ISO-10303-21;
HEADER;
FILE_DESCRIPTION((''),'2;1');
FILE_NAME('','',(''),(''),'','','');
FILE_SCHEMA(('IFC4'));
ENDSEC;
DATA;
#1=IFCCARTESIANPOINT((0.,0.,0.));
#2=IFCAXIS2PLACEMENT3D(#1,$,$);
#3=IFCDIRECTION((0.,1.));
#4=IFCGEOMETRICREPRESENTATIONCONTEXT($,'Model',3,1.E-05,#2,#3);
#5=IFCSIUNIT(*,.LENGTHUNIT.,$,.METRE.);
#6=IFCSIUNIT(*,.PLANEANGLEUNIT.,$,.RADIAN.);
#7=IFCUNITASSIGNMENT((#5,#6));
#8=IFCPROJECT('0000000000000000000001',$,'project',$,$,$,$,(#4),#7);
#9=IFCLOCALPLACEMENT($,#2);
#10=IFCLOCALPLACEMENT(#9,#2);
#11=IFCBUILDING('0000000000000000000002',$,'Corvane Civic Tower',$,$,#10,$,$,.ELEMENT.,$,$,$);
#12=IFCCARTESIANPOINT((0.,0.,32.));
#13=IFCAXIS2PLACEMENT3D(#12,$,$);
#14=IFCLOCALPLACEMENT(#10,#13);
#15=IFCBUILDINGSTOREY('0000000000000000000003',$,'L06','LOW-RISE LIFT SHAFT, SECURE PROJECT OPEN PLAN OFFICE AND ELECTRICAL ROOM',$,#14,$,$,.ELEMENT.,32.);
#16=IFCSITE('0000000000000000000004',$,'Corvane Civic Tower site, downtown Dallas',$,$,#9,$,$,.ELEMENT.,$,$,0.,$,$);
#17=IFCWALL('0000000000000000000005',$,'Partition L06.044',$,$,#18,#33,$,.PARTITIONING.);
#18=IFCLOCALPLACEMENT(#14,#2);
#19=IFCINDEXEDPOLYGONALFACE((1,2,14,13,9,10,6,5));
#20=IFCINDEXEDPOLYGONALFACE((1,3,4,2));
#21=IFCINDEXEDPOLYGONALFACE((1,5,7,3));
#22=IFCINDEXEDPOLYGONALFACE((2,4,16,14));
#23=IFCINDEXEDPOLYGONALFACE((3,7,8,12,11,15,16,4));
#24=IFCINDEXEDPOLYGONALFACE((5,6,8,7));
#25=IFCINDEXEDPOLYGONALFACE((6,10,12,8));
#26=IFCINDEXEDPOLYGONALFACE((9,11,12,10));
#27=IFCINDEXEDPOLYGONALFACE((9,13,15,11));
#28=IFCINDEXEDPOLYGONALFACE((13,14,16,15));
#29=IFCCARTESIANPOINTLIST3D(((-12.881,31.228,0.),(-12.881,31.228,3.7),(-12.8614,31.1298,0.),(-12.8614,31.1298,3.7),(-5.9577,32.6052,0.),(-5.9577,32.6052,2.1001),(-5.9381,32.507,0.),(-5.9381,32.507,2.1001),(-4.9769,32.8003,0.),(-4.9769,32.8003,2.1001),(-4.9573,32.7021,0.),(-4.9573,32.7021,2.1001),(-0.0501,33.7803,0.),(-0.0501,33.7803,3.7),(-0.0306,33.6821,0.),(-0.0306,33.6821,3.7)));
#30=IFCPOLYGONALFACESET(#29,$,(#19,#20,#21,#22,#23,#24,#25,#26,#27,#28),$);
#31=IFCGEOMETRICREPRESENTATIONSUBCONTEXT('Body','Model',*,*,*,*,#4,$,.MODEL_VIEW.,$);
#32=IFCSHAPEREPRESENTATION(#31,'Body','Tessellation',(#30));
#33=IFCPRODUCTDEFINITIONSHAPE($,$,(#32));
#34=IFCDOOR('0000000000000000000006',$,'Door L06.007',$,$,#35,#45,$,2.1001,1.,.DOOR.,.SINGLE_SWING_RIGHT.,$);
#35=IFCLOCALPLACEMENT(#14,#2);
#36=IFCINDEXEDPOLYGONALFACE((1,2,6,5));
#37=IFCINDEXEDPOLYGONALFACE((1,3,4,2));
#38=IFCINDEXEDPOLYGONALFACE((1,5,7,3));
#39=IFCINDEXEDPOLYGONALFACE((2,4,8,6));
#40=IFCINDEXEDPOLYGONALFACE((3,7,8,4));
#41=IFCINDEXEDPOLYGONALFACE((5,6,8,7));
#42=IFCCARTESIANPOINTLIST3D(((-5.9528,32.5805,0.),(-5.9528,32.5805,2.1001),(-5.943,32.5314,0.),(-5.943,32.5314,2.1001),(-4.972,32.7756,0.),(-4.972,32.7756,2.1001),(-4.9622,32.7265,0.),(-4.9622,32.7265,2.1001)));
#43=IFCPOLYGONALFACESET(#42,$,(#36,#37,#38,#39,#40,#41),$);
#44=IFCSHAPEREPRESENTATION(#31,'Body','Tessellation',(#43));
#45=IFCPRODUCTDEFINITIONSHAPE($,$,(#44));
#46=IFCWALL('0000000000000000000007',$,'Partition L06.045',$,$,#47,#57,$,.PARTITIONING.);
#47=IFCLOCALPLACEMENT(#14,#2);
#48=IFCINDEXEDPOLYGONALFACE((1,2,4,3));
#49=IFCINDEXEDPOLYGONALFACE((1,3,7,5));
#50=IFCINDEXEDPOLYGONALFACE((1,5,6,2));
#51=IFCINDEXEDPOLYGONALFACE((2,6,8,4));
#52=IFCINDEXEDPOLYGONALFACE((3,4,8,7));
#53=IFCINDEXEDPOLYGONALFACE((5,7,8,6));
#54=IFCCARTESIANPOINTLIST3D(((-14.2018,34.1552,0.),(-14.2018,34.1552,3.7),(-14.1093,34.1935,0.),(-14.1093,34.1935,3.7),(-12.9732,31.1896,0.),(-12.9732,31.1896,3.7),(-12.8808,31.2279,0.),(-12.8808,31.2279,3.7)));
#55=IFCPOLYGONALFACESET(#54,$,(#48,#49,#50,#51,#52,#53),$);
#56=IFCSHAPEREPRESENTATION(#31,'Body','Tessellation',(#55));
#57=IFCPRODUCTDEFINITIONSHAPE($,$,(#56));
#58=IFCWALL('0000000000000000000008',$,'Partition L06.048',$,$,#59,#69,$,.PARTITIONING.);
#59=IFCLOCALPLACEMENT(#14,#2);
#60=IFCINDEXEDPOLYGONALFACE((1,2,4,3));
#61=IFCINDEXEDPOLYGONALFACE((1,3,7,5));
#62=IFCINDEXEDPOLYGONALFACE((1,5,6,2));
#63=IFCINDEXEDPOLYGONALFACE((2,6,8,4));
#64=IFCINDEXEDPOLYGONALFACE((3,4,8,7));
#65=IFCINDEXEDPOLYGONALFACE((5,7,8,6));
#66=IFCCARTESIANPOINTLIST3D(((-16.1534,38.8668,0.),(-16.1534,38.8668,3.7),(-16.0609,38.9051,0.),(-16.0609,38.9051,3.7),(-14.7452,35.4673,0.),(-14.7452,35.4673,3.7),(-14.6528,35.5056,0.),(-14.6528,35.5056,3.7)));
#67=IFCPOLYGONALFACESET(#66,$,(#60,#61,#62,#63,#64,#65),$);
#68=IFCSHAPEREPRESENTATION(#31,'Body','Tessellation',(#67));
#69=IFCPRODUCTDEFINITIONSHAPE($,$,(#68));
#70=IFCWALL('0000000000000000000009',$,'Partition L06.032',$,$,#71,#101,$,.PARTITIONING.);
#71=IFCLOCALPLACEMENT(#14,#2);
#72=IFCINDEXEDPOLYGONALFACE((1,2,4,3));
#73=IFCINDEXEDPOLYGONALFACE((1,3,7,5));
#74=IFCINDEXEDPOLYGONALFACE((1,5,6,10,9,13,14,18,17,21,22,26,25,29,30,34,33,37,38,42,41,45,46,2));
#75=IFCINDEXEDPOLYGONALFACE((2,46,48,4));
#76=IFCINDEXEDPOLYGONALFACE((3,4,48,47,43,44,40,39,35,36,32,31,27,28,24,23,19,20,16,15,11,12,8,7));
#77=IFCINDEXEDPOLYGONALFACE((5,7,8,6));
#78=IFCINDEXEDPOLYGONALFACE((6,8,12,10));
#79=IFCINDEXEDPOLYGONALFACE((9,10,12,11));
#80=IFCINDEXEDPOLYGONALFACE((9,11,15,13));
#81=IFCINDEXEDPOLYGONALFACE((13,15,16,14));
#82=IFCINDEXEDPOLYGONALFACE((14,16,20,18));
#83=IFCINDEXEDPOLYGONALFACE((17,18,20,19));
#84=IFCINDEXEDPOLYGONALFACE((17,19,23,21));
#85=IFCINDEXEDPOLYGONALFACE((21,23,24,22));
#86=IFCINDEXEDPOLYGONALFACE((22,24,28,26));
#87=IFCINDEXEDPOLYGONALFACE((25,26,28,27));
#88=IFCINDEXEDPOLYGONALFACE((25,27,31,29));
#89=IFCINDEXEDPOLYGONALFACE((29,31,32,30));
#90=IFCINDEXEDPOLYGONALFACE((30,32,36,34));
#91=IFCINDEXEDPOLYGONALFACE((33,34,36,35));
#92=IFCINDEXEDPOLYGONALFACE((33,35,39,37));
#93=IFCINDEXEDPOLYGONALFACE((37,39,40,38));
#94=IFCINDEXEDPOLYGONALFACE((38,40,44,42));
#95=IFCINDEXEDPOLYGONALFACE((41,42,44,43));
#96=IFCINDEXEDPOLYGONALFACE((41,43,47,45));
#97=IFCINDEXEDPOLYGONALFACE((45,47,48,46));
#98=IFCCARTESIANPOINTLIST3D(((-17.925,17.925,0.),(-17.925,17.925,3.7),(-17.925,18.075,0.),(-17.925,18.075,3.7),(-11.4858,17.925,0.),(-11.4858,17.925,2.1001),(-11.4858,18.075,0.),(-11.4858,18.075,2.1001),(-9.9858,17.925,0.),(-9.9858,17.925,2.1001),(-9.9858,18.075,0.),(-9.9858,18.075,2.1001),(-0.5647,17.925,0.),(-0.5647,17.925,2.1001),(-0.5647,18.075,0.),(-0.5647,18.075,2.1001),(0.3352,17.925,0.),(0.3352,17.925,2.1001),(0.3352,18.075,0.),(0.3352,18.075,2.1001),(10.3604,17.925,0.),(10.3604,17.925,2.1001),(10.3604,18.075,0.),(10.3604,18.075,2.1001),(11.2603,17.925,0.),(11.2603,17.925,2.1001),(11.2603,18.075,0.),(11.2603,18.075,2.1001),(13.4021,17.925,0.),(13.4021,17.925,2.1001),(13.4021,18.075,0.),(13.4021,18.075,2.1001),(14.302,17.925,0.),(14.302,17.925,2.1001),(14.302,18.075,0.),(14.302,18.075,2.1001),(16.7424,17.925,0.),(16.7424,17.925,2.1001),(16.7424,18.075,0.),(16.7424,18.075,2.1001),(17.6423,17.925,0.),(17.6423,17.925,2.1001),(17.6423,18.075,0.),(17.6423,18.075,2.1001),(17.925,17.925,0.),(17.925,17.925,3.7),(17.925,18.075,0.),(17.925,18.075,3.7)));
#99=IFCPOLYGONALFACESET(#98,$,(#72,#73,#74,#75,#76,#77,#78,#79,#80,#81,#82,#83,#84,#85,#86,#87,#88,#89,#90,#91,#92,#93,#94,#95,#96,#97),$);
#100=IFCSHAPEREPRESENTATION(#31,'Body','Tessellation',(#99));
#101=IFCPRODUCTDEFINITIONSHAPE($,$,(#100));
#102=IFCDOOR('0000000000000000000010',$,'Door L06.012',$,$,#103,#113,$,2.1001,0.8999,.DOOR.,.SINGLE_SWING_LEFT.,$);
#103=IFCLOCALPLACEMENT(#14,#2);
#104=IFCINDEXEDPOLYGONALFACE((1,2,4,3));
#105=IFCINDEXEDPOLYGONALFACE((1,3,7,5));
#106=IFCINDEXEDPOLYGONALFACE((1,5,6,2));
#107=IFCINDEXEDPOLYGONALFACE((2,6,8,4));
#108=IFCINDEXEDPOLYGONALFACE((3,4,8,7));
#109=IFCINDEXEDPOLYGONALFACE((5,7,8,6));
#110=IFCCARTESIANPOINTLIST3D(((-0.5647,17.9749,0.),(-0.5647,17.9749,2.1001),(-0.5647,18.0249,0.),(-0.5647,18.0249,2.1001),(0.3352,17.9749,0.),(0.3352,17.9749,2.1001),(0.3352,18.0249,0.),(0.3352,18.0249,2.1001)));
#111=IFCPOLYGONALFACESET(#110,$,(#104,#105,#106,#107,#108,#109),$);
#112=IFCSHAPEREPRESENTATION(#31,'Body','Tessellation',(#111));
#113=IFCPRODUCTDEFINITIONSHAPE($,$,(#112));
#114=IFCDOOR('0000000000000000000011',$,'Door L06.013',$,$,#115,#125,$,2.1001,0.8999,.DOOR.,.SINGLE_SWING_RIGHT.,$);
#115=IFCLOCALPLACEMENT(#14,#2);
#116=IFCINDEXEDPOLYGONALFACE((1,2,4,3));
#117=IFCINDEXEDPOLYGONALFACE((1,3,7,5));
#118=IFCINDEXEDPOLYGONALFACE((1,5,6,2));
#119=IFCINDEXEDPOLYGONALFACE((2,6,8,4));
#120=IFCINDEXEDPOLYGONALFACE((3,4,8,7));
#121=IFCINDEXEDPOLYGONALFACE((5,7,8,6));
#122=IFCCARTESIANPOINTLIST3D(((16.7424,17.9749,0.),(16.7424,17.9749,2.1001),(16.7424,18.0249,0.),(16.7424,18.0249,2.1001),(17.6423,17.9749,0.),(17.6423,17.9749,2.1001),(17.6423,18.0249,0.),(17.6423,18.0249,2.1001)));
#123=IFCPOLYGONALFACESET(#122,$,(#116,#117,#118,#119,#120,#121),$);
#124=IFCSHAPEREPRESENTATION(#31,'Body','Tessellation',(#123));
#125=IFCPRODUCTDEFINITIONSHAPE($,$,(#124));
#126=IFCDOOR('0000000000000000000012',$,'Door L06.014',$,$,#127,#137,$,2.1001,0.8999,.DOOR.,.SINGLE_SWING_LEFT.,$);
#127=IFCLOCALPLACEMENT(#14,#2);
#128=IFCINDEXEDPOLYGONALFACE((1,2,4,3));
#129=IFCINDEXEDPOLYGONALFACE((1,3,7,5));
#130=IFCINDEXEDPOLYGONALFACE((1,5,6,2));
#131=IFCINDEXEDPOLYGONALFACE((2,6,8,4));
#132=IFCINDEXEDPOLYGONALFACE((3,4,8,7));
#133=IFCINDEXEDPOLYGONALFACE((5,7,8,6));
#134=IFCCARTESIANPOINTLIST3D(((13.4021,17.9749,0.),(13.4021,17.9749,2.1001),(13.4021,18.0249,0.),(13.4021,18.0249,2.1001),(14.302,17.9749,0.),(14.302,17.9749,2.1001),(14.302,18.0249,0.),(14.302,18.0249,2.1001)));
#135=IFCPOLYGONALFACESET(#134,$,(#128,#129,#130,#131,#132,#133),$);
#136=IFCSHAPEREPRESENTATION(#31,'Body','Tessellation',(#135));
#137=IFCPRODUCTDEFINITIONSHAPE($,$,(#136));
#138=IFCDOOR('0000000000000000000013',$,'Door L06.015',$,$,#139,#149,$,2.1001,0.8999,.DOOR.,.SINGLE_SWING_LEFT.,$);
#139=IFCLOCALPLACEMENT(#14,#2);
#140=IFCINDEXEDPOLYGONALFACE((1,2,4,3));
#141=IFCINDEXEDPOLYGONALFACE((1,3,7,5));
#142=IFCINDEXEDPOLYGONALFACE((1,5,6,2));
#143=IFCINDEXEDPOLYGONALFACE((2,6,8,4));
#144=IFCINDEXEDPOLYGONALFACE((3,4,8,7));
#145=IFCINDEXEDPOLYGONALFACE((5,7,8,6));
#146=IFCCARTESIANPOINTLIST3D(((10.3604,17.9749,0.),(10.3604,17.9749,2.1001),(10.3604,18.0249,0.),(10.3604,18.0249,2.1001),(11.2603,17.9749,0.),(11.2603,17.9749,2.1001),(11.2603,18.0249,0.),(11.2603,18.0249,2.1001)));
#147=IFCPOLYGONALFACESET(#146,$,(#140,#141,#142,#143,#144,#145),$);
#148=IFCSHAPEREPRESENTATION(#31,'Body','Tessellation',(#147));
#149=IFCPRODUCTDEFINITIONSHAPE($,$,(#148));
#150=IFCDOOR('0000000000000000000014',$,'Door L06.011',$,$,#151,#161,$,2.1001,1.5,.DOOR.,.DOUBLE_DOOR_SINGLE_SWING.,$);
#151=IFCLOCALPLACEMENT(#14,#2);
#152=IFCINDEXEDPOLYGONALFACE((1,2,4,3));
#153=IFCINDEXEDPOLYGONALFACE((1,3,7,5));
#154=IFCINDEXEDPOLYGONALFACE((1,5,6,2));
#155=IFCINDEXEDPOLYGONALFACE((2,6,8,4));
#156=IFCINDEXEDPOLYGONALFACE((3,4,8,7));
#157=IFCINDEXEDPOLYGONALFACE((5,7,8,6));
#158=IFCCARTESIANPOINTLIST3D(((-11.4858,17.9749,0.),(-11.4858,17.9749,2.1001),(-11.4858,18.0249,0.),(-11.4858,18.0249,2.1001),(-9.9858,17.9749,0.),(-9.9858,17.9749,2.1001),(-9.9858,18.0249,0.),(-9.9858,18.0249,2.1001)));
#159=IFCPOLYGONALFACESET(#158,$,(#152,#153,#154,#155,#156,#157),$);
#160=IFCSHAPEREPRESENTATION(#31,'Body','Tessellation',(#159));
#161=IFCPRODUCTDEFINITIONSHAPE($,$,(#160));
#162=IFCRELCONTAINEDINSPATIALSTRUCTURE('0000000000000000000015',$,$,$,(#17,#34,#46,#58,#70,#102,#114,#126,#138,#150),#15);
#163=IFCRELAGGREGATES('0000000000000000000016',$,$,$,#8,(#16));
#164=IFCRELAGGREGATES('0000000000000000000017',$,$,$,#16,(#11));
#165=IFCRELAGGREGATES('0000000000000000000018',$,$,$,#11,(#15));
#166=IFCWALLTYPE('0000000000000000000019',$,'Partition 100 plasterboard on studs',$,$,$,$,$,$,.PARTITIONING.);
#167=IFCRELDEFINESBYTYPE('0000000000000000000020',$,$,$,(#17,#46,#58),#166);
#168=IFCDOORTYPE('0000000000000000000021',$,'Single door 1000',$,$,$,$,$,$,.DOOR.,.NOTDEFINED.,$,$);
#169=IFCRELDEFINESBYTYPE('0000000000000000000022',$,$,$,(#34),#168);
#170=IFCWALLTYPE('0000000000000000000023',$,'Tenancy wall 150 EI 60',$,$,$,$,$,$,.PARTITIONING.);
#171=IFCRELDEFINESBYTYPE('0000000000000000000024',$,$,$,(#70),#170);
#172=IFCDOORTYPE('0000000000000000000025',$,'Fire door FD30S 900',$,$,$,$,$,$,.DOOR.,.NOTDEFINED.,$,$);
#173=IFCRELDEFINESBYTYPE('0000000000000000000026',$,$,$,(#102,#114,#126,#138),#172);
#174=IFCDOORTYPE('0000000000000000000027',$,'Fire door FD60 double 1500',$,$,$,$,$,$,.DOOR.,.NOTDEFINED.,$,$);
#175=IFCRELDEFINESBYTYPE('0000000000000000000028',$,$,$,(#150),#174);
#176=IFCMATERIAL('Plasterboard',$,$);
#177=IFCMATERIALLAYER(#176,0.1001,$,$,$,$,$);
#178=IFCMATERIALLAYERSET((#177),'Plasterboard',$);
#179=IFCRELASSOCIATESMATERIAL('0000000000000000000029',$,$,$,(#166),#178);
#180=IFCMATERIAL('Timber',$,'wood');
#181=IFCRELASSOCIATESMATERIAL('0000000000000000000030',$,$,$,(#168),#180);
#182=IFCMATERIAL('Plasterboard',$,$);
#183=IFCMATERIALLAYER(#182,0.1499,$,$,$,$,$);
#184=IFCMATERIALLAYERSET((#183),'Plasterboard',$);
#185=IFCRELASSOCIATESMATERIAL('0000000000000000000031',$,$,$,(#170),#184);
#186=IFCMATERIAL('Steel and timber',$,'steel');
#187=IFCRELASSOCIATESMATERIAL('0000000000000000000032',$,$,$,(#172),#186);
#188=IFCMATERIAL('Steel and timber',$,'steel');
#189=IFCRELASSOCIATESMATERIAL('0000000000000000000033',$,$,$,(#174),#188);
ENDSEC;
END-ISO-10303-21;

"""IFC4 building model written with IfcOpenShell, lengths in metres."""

from ifc_helpers import new_model, si_unit, direction, frame, frame_2d, origin, place, context, subcontext, project, spatial, rectangle, extrude, material, layer, layer_set, type_object, element, fill, save


model = new_model("IFC4")

# Units and contexts
model_context = context("Model", 3, precision=1e-05, world=origin(), true_north=direction((0.0, 1.0)))
body_context = subcontext(model_context, "Body", "Model", "MODEL_VIEW")
ifc_project = project(units=[si_unit("LENGTHUNIT", "METRE"), si_unit("PLANEANGLEUNIT", "RADIAN")], contexts=[model_context])

# Site, building, storey
site_placement = place(None, origin())
site = spatial("IfcSite", under=ifc_project, at=site_placement, Name="Corvane Civic Tower site, downtown Dallas", CompositionType="ELEMENT", RefElevation=0.0)
building_placement = place(site_placement, origin())
building = spatial("IfcBuilding", under=site, at=building_placement, Name="Corvane Civic Tower", CompositionType="ELEMENT")
storey_placement = place(building_placement, frame((0.0, 0.0, 32.0)))
storey = spatial("IfcBuildingStorey", under=building, at=storey_placement, Name="L06", Description="LOW-RISE LIFT SHAFT, SECURE PROJECT OPEN PLAN OFFICE AND ELECTRICAL ROOM", CompositionType="ELEMENT", Elevation=32.0)

# Shared definitions
ifc_material_1 = material(Name="Plasterboard")
ifc_layer_1 = layer(ifc_material_1, 0.1001)
ifc_layer_set_1 = layer_set([ifc_layer_1], Name="Plasterboard")
wall_type_1 = type_object("IfcWallType", Name="Partition 100 plasterboard on studs", PredefinedType="PARTITIONING", material=ifc_layer_set_1)

# Wall, opening, door
wall_1_placement = place(storey_placement, frame((-12.8711, 31.179, 0.0), z_axis=(0.0, 0.0, 1.0), x_axis=(0.980785, 0.195093, 0.0)))
wall_1 = element("IfcWall", 1, at=wall_1_placement, inside=storey, type_object=wall_type_1, Name="Partition L06.044", PredefinedType="PARTITIONING", context=body_context, shape_type="SweptSolid", body=[
    extrude(rectangle(XDim=13.0823, YDim=0.1001, at=frame_2d((6.541, 0.0))), origin(), (0.0, 0.0, 1.0), 3.7),
])
opening_1_placement = place(wall_1_placement, frame((7.0588, 0.0, 0.0)))
opening_1 = element("IfcOpeningElement", 2, at=opening_1_placement, cuts=wall_1, PredefinedType="OPENING", context=body_context, shape_type="SweptSolid", body=[
    extrude(rectangle(XDim=1.0, YDim=2.1001, at=frame_2d((0.5, 1.05))), frame((0.0, 0.0601, 0.0), z_axis=(0.0, -1.0, 0.0), x_axis=(1.0, 0.0, 0.0)), (0.0, 0.0, 1.0), 0.1201),
])
ifc_material_2 = material(Name="Timber", Category="wood")
door_type_1 = type_object("IfcDoorType", Name="Single door 1000", OperationType="NOTDEFINED", PredefinedType="DOOR", material=ifc_material_2)
door_1_placement = place(opening_1_placement, origin())
door_1 = element("IfcDoor", 3, at=door_1_placement, inside=storey, type_object=door_type_1, Name="Door L06.007", OperationType="SINGLE_SWING_RIGHT", OverallHeight=2.1001, OverallWidth=1.0, PredefinedType="DOOR", context=body_context, shape_type="SweptSolid", body=[
    extrude(rectangle(XDim=1.0, YDim=2.1001, at=frame_2d((0.5, 1.05))), frame((0.0, 0.0249, 0.0), z_axis=(0.0, -1.0, 0.0), x_axis=(1.0, 0.0, 0.0)), (0.0, 0.0, 1.0), 0.05),
])
fill(opening_1, door_1)

# Walls
wall_2_placement = place(storey_placement, frame((-14.1555, 34.1743, 0.0), z_axis=(0.0, 0.0, 1.0), x_axis=(0.382719, -0.923865, 0.0)))
element("IfcWall", 4, at=wall_2_placement, inside=storey, type_object=wall_type_1, Name="Partition L06.045", PredefinedType="PARTITIONING", context=body_context, shape_type="SweptSolid", body=[
    extrude(rectangle(XDim=3.21, YDim=0.1001, at=frame_2d((1.605, 0.0))), origin(), (0.0, 0.0, 1.0), 3.7),
])
wall_3_placement = place(storey_placement, frame((-16.1072, 38.886, 0.0), z_axis=(0.0, 0.0, 1.0), x_axis=(0.382688, -0.923878, 0.0)))
element("IfcWall", 5, at=wall_3_placement, inside=storey, type_object=wall_type_1, Name="Partition L06.048", PredefinedType="PARTITIONING", context=body_context, shape_type="SweptSolid", body=[
    extrude(rectangle(XDim=3.6797, YDim=0.1001, at=frame_2d((1.8398, 0.0))), origin(), (0.0, 0.0, 1.0), 3.7),
])

# Wall, openings, doors
ifc_material_3 = material(Name="Plasterboard")
ifc_layer_2 = layer(ifc_material_3, 0.1499)
ifc_layer_set_2 = layer_set([ifc_layer_2], Name="Plasterboard")
wall_type_2 = type_object("IfcWallType", Name="Tenancy wall 150 EI 60", PredefinedType="PARTITIONING", material=ifc_layer_set_2)
wall_4_placement = place(storey_placement, frame((-17.925, 18.0, 0.0), z_axis=(0.0, 0.0, 1.0), x_axis=(1.0, 0.0, 0.0)))
wall_4 = element("IfcWall", 6, at=wall_4_placement, inside=storey, type_object=wall_type_2, Name="Partition L06.032", PredefinedType="PARTITIONING", context=body_context, shape_type="SweptSolid", body=[
    extrude(rectangle(XDim=35.8501, YDim=0.1499, at=frame_2d((17.925, 0.0))), origin(), (0.0, 0.0, 1.0), 3.7),
])
opening_2_placement = place(wall_4_placement, frame((6.4392, 0.0, 0.0)))
opening_2 = element("IfcOpeningElement", 7, at=opening_2_placement, cuts=wall_4, PredefinedType="OPENING", context=body_context, shape_type="SweptSolid", body=[
    extrude(rectangle(XDim=1.5, YDim=2.1001, at=frame_2d((0.75, 1.05))), frame((0.0, 0.085, 0.0), z_axis=(0.0, -1.0, 0.0), x_axis=(1.0, 0.0, 0.0)), (0.0, 0.0, 1.0), 0.1699),
])
opening_3_placement = place(wall_4_placement, frame((17.3604, 0.0, 0.0)))
opening_3 = element("IfcOpeningElement", 8, at=opening_3_placement, cuts=wall_4, PredefinedType="OPENING", context=body_context, shape_type="SweptSolid", body=[
    extrude(rectangle(XDim=0.8999, YDim=2.1001, at=frame_2d((0.45, 1.05))), frame((0.0, 0.085, 0.0), z_axis=(0.0, -1.0, 0.0), x_axis=(1.0, 0.0, 0.0)), (0.0, 0.0, 1.0), 0.1699),
])
opening_4_placement = place(wall_4_placement, frame((34.6675, 0.0, 0.0)))
opening_4 = element("IfcOpeningElement", 9, at=opening_4_placement, cuts=wall_4, PredefinedType="OPENING", context=body_context, shape_type="SweptSolid", body=[
    extrude(rectangle(XDim=0.8999, YDim=2.1001, at=frame_2d((0.45, 1.05))), frame((0.0, 0.085, 0.0), z_axis=(0.0, -1.0, 0.0), x_axis=(1.0, 0.0, 0.0)), (0.0, 0.0, 1.0), 0.1699),
])
opening_5_placement = place(wall_4_placement, frame((31.3271, 0.0, 0.0)))
opening_5 = element("IfcOpeningElement", 10, at=opening_5_placement, cuts=wall_4, PredefinedType="OPENING", context=body_context, shape_type="SweptSolid", body=[
    extrude(rectangle(XDim=0.8999, YDim=2.1001, at=frame_2d((0.45, 1.05))), frame((0.0, 0.085, 0.0), z_axis=(0.0, -1.0, 0.0), x_axis=(1.0, 0.0, 0.0)), (0.0, 0.0, 1.0), 0.1699),
])
opening_6_placement = place(wall_4_placement, frame((28.2854, 0.0, 0.0)))
opening_6 = element("IfcOpeningElement", 11, at=opening_6_placement, cuts=wall_4, PredefinedType="OPENING", context=body_context, shape_type="SweptSolid", body=[
    extrude(rectangle(XDim=0.8999, YDim=2.1001, at=frame_2d((0.45, 1.05))), frame((0.0, 0.085, 0.0), z_axis=(0.0, -1.0, 0.0), x_axis=(1.0, 0.0, 0.0)), (0.0, 0.0, 1.0), 0.1699),
])
ifc_material_4 = material(Name="Steel and timber", Category="steel")
door_type_2 = type_object("IfcDoorType", Name="Fire door FD30S 900", OperationType="NOTDEFINED", PredefinedType="DOOR", material=ifc_material_4)
door_2_placement = place(opening_3_placement, origin())
door_2 = element("IfcDoor", 12, at=door_2_placement, inside=storey, type_object=door_type_2, Name="Door L06.012", OperationType="SINGLE_SWING_LEFT", OverallHeight=2.1001, OverallWidth=0.8999, PredefinedType="DOOR", context=body_context, shape_type="SweptSolid", body=[
    extrude(rectangle(XDim=0.8999, YDim=2.1001, at=frame_2d((0.45, 1.05))), frame((0.0, 0.0249, 0.0), z_axis=(0.0, -1.0, 0.0), x_axis=(1.0, 0.0, 0.0)), (0.0, 0.0, 1.0), 0.05),
])
fill(opening_3, door_2)
door_3_placement = place(opening_4_placement, origin())
door_3 = element("IfcDoor", 13, at=door_3_placement, inside=storey, type_object=door_type_2, Name="Door L06.013", OperationType="SINGLE_SWING_RIGHT", OverallHeight=2.1001, OverallWidth=0.8999, PredefinedType="DOOR", context=body_context, shape_type="SweptSolid", body=[
    extrude(rectangle(XDim=0.8999, YDim=2.1001, at=frame_2d((0.45, 1.05))), frame((0.0, 0.0249, 0.0), z_axis=(0.0, -1.0, 0.0), x_axis=(1.0, 0.0, 0.0)), (0.0, 0.0, 1.0), 0.05),
])
fill(opening_4, door_3)
door_4_placement = place(opening_5_placement, origin())
door_4 = element("IfcDoor", 14, at=door_4_placement, inside=storey, type_object=door_type_2, Name="Door L06.014", OperationType="SINGLE_SWING_LEFT", OverallHeight=2.1001, OverallWidth=0.8999, PredefinedType="DOOR", context=body_context, shape_type="SweptSolid", body=[
    extrude(rectangle(XDim=0.8999, YDim=2.1001, at=frame_2d((0.45, 1.05))), frame((0.0, 0.0249, 0.0), z_axis=(0.0, -1.0, 0.0), x_axis=(1.0, 0.0, 0.0)), (0.0, 0.0, 1.0), 0.05),
])
fill(opening_5, door_4)
door_5_placement = place(opening_6_placement, origin())
door_5 = element("IfcDoor", 15, at=door_5_placement, inside=storey, type_object=door_type_2, Name="Door L06.015", OperationType="SINGLE_SWING_LEFT", OverallHeight=2.1001, OverallWidth=0.8999, PredefinedType="DOOR", context=body_context, shape_type="SweptSolid", body=[
    extrude(rectangle(XDim=0.8999, YDim=2.1001, at=frame_2d((0.45, 1.05))), frame((0.0, 0.0249, 0.0), z_axis=(0.0, -1.0, 0.0), x_axis=(1.0, 0.0, 0.0)), (0.0, 0.0, 1.0), 0.05),
])
fill(opening_6, door_5)
ifc_material_5 = material(Name="Steel and timber", Category="steel")
door_type_3 = type_object("IfcDoorType", Name="Fire door FD60 double 1500", OperationType="NOTDEFINED", PredefinedType="DOOR", material=ifc_material_5)
door_6_placement = place(opening_2_placement, origin())
door_6 = element("IfcDoor", 16, at=door_6_placement, inside=storey, type_object=door_type_3, Name="Door L06.011", OperationType="DOUBLE_DOOR_SINGLE_SWING", OverallHeight=2.1001, OverallWidth=1.5, PredefinedType="DOOR", context=body_context, shape_type="SweptSolid", body=[
    extrude(rectangle(XDim=1.5, YDim=2.1001, at=frame_2d((0.75, 1.05))), frame((0.0, 0.0249, 0.0), z_axis=(0.0, -1.0, 0.0), x_axis=(1.0, 0.0, 0.0)), (0.0, 0.0, 1.0), 0.05),
])
fill(opening_2, door_6)

save(model, "model.ifc")
